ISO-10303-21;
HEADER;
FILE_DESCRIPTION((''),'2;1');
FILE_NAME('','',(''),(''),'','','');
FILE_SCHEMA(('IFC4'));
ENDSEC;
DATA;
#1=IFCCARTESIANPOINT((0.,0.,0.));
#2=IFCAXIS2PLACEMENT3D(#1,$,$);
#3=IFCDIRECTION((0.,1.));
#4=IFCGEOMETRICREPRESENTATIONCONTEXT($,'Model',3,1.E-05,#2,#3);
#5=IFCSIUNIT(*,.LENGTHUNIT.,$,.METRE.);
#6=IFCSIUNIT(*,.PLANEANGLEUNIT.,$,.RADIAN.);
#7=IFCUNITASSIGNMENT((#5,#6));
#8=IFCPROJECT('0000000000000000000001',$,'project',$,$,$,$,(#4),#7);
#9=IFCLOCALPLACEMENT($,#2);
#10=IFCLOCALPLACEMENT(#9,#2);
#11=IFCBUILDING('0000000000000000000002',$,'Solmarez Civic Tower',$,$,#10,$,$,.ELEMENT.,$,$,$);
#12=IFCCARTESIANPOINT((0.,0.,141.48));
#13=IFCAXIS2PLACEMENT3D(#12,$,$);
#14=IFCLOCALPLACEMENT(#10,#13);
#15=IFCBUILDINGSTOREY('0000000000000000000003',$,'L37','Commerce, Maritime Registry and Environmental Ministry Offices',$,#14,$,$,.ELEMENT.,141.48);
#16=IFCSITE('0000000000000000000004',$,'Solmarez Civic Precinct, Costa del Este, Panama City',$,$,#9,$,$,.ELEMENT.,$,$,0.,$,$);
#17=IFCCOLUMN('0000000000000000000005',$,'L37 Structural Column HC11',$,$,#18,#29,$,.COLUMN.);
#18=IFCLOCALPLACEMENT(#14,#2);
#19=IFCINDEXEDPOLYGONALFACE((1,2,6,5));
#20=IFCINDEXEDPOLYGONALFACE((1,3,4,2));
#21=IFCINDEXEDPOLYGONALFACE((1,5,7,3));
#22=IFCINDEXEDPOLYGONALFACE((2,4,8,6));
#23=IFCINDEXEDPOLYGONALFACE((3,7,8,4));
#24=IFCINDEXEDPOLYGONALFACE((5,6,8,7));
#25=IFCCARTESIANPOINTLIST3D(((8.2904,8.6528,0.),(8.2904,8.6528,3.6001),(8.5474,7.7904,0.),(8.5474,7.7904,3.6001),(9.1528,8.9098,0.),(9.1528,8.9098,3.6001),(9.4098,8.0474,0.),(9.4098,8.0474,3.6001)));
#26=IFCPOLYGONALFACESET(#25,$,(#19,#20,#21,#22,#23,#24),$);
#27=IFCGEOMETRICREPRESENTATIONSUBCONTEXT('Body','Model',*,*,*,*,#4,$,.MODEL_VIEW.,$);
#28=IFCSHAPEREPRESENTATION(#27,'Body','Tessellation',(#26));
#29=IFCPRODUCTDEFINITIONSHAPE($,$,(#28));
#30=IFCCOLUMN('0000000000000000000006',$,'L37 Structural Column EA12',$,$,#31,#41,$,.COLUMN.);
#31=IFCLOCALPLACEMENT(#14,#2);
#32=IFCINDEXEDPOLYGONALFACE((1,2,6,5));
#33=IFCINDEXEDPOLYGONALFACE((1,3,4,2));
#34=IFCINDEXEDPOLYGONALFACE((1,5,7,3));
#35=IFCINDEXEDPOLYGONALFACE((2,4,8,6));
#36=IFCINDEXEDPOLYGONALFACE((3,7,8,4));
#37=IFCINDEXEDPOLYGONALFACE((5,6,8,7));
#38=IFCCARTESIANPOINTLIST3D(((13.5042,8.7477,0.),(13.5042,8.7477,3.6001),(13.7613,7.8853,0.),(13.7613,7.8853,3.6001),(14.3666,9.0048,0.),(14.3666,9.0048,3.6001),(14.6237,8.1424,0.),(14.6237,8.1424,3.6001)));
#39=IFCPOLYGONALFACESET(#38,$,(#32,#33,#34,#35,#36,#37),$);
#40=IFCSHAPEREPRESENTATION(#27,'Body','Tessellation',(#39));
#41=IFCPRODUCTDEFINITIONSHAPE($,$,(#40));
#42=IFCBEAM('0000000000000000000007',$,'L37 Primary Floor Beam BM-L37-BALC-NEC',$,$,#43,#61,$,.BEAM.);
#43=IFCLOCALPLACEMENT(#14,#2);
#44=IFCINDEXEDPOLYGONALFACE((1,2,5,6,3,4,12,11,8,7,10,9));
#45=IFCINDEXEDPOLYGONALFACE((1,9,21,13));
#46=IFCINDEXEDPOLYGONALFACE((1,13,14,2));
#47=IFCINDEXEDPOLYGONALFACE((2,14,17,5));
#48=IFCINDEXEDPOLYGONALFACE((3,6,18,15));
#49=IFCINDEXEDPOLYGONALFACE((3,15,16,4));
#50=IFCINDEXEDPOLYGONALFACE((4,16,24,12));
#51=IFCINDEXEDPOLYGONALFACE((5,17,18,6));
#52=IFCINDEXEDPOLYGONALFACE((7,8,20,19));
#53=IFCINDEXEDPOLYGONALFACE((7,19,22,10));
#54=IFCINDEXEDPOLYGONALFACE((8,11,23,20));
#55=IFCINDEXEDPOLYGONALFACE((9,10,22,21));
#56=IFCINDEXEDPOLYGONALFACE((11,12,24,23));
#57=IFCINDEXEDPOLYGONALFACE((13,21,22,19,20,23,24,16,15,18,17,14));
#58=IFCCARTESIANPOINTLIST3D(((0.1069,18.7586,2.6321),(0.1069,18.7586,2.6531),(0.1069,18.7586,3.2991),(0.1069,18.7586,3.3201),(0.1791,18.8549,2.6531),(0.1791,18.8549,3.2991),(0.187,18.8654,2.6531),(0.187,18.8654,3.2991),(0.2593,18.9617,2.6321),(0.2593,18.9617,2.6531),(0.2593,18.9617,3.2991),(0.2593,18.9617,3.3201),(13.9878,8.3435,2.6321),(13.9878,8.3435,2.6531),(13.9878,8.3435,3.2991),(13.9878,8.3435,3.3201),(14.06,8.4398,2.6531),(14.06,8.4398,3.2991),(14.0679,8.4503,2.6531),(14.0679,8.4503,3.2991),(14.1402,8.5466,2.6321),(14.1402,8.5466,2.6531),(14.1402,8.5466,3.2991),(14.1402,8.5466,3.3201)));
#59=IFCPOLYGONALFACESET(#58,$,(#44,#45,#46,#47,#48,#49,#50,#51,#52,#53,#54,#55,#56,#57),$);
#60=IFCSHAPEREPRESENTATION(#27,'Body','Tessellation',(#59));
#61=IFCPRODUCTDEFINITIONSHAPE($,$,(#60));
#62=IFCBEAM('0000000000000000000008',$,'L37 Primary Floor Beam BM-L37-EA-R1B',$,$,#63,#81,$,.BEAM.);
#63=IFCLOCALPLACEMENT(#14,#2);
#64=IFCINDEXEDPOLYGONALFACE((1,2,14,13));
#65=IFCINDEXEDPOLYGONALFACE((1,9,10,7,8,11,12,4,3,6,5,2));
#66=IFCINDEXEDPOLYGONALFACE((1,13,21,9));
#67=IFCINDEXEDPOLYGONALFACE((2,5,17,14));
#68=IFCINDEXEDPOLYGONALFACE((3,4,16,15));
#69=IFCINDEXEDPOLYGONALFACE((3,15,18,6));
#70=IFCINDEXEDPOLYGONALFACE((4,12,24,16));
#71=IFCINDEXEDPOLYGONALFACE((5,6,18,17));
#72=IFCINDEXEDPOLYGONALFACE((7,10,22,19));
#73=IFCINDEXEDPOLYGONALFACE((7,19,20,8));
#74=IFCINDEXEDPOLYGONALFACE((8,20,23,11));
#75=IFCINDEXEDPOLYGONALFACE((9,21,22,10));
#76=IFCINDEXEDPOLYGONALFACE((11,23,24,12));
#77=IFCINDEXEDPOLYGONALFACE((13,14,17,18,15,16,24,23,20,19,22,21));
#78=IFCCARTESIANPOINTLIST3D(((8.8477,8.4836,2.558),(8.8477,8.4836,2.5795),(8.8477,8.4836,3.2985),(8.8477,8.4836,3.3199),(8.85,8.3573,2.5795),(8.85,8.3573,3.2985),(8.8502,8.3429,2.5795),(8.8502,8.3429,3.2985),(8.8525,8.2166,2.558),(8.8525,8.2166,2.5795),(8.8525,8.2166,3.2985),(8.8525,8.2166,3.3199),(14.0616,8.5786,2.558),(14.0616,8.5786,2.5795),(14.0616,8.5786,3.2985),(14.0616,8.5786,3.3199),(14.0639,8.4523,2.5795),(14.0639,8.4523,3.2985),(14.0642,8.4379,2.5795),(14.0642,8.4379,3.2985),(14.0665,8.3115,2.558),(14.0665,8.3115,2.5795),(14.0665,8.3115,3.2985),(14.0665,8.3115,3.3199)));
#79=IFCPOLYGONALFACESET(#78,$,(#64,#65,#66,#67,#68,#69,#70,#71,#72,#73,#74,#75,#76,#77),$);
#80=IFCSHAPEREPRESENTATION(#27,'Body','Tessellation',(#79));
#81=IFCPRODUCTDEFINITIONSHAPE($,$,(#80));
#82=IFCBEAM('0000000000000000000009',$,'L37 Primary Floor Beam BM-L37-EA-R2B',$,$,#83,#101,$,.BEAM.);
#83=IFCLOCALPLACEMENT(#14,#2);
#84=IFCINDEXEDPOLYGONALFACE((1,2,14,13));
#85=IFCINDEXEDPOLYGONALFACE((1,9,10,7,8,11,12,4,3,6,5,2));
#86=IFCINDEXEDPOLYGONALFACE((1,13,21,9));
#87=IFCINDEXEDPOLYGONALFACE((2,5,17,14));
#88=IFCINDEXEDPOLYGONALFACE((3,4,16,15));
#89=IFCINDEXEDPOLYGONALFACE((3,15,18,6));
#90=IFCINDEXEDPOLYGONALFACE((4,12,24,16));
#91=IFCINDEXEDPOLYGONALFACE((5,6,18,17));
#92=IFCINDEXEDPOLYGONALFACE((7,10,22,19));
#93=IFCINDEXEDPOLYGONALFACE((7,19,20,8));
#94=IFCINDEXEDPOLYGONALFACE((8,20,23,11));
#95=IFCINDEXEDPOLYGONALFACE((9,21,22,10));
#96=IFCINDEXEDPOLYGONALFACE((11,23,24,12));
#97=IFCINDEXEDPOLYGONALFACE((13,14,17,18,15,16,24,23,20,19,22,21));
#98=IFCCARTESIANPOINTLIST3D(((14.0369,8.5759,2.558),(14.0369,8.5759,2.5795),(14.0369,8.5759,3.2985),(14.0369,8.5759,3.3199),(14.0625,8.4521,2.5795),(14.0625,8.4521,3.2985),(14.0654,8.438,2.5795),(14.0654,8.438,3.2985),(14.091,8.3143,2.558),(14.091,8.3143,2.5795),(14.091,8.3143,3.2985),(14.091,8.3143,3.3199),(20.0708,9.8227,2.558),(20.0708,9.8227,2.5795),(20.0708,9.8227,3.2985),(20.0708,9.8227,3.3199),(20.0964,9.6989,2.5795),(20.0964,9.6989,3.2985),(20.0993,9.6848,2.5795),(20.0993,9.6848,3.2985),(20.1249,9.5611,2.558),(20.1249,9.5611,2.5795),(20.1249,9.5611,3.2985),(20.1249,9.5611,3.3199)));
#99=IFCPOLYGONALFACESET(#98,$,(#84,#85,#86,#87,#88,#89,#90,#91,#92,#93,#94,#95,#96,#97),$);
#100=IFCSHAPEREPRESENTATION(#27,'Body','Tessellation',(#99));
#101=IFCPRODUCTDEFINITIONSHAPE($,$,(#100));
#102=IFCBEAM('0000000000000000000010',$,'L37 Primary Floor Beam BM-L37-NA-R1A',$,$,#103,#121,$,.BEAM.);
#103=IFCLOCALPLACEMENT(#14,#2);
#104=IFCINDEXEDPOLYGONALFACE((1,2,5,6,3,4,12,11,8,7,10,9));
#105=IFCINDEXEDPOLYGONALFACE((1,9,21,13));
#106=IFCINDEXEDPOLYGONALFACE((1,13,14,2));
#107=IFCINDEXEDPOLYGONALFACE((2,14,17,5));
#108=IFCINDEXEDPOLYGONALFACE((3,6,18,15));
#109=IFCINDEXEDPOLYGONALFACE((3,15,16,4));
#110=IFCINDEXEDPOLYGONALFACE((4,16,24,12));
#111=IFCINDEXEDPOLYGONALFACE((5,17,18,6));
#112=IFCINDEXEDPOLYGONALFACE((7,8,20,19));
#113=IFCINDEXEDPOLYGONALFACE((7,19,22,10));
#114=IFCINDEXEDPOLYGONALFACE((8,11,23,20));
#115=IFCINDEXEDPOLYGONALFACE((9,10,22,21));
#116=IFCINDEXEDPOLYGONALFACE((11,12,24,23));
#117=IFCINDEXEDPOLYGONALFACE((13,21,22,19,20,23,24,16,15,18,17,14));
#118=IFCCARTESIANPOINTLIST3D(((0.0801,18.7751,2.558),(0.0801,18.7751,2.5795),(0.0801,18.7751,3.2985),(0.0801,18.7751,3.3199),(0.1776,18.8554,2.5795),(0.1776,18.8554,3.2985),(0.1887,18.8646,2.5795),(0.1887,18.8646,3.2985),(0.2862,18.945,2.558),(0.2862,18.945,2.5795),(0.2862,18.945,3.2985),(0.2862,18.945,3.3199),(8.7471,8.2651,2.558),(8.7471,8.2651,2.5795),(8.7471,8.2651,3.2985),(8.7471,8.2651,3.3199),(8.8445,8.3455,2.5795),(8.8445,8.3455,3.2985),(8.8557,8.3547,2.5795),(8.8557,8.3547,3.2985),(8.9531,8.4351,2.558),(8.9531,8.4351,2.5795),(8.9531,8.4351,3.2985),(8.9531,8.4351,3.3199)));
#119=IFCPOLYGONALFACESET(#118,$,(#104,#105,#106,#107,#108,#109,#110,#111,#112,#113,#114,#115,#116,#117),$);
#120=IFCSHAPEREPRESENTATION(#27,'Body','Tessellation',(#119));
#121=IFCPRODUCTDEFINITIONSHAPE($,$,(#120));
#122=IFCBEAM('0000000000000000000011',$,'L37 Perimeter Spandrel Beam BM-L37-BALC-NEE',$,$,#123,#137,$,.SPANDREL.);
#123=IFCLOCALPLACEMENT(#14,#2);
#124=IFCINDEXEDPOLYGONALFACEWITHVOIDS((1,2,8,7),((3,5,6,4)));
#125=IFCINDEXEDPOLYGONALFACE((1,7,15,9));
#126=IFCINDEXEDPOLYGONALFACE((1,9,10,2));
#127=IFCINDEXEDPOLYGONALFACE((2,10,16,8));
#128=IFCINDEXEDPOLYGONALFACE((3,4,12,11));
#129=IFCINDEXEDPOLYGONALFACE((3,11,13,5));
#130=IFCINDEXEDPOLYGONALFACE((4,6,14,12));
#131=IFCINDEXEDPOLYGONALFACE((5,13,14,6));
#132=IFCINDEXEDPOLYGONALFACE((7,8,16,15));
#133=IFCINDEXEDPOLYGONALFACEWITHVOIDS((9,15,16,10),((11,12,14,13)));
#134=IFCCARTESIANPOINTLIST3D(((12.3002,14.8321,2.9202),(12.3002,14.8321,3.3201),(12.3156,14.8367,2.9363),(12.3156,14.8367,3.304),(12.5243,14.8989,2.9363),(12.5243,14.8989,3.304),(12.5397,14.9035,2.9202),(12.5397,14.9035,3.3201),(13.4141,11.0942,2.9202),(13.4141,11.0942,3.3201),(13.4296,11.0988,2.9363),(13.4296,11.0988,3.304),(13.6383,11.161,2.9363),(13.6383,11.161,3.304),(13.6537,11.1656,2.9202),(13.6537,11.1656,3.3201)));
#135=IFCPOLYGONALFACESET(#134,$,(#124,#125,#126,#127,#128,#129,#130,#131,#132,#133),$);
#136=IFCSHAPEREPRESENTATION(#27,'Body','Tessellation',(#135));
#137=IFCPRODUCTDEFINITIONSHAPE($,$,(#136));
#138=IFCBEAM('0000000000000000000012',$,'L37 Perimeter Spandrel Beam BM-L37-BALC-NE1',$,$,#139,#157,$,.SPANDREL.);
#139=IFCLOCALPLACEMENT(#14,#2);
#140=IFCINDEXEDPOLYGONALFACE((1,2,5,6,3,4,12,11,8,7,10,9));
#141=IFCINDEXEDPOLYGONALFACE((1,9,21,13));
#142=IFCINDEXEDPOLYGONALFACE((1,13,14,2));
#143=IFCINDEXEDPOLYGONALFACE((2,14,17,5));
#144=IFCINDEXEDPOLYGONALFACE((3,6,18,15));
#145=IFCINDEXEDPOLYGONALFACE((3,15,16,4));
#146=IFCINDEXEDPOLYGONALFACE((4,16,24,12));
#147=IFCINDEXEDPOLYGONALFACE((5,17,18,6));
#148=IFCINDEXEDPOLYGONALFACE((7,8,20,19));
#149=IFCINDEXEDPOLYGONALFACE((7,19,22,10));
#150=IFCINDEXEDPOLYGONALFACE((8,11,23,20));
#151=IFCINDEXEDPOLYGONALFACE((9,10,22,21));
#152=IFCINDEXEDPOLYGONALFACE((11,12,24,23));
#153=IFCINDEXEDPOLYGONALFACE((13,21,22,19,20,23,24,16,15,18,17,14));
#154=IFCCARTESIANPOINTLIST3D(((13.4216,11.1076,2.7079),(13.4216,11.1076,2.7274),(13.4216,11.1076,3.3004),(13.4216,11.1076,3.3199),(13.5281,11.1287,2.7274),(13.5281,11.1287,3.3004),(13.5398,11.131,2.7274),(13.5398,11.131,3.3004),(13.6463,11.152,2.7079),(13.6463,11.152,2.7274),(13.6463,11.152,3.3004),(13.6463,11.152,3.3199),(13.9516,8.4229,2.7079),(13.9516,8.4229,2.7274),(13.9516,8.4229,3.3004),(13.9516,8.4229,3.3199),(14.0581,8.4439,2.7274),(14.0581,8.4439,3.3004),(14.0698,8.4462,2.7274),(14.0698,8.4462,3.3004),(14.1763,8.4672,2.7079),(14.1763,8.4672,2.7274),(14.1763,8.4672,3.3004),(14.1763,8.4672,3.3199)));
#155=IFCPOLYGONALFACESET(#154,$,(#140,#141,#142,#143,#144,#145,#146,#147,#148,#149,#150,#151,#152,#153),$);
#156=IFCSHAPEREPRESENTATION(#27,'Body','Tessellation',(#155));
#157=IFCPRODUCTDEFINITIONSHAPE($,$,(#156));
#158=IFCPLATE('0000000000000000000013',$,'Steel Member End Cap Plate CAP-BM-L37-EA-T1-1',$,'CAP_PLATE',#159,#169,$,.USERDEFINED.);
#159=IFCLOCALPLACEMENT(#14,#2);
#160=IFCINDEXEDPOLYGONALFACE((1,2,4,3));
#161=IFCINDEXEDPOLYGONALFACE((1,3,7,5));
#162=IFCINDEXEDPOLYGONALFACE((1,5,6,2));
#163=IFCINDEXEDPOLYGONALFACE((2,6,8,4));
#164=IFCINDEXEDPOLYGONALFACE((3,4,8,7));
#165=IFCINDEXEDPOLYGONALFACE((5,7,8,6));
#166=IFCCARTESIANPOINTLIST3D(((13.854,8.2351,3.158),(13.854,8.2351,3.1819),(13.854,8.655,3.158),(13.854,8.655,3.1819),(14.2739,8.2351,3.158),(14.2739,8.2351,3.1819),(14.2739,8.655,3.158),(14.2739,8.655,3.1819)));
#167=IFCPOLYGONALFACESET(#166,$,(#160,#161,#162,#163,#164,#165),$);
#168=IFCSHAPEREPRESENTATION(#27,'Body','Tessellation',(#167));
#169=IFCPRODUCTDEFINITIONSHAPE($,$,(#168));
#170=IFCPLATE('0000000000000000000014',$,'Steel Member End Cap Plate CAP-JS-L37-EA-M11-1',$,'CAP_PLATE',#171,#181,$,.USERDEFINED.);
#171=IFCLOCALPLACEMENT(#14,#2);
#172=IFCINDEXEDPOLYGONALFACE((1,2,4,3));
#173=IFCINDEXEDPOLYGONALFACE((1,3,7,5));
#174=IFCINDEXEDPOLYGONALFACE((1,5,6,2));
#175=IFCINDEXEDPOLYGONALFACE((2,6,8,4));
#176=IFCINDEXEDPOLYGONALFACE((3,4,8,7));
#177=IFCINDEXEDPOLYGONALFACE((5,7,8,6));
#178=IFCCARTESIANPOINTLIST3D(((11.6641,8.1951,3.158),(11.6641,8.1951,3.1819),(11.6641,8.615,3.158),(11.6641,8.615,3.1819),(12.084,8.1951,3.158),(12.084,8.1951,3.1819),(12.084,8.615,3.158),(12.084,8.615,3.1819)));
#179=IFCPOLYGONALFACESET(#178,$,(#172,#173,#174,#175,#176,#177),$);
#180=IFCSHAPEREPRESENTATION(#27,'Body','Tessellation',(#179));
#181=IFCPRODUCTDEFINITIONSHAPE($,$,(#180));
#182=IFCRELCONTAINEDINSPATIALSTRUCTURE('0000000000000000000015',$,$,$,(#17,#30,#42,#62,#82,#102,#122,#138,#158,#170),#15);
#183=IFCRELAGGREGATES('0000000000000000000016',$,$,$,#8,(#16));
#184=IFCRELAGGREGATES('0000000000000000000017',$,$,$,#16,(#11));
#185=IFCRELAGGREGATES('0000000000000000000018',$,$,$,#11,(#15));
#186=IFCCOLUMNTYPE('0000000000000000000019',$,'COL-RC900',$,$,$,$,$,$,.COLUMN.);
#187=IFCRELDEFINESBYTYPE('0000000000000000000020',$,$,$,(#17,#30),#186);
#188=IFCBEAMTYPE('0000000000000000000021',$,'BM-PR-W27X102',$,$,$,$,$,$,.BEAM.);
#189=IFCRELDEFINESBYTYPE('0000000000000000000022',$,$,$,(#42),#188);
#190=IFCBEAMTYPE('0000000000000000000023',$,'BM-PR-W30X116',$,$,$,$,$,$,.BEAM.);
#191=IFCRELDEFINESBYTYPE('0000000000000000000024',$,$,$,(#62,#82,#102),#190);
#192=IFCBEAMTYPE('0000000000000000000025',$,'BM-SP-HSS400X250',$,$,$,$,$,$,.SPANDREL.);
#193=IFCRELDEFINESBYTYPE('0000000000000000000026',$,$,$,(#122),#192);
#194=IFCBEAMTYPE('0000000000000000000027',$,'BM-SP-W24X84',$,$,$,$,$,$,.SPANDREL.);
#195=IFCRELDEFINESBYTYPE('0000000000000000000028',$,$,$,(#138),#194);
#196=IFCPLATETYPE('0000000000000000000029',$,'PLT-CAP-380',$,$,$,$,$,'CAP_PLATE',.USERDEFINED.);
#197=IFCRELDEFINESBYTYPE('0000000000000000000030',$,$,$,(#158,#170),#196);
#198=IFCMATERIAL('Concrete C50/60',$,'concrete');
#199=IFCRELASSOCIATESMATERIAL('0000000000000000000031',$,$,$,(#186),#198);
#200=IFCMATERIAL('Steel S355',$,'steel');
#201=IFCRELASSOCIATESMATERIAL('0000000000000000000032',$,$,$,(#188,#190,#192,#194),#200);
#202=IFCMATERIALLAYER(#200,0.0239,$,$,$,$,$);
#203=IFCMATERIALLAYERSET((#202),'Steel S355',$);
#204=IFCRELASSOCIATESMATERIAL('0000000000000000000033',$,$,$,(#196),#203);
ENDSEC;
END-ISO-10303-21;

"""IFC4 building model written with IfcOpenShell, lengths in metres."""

from ifc_helpers import new_model, si_unit, direction, frame, origin, origin_2d, place, context, subcontext, project, spatial, rectangle, hollow_rectangle, i_section, extrude, material, layer, layer_set, material_profile, profile_set, type_object, element, save


model = new_model("IFC4")

# Units and contexts
model_context = context("Model", 3, precision=1e-05, world=origin(), true_north=direction((0.0, 1.0)))
body_context = subcontext(model_context, "Body", "Model", "MODEL_VIEW")
ifc_project = project(units=[si_unit("LENGTHUNIT", "METRE"), si_unit("PLANEANGLEUNIT", "RADIAN")], contexts=[model_context])

# Site, building, storey
site_placement = place(None, origin())
site = spatial("IfcSite", under=ifc_project, at=site_placement, Name="Solmarez Civic Precinct, Costa del Este, Panama City", CompositionType="ELEMENT", RefElevation=0.0)
building_placement = place(site_placement, origin())
building = spatial("IfcBuilding", under=site, at=building_placement, Name="Solmarez Civic Tower", CompositionType="ELEMENT")
storey_placement = place(building_placement, frame((0.0, 0.0, 141.48)))
storey = spatial("IfcBuildingStorey", under=building, at=storey_placement, Name="L37", Description="Commerce, Maritime Registry and Environmental Ministry Offices", CompositionType="ELEMENT", Elevation=141.48)

# Columns
ifc_material_1 = material(Name="Concrete C50/60", Category="concrete")
ifc_material_profile_1 = material_profile(ifc_material_1, rectangle(XDim=0.8999, YDim=0.8999, at=origin_2d()), Name="RC900X900")
ifc_profile_set_1 = profile_set([ifc_material_profile_1], Name="Concrete C50/60")
column_type = type_object("IfcColumnType", Name="COL-RC900", PredefinedType="COLUMN", material=ifc_profile_set_1)
for number, where, z_axis, x_axis, name in (
    (1, (8.8501, 8.3501, 0.0), (0.0, 0.0, 1.0), (0.958323, 0.285688, 0.0), "L37 Structural Column HC11"),
    (2, (14.064, 8.4451, 0.0), (0.0, 0.0, 1.0), (0.958323, 0.285688, 0.0), "L37 Structural Column EA12"),
):
    element("IfcColumn", number, at=place(storey_placement, frame(where, z_axis=z_axis, x_axis=x_axis)), inside=storey, type_object=column_type, Name=name, PredefinedType="COLUMN", context=body_context, shape_type="SweptSolid", body=[
        extrude(rectangle(XDim=0.8999, YDim=0.8999, at=origin_2d()), origin(), (0.0, 0.0, 1.0), 3.6001),
    ])

# Beams
ifc_material_2 = material(Name="Steel S355", Category="steel")
ifc_material_profile_2 = material_profile(ifc_material_2, i_section(OverallWidth=0.2539, OverallDepth=0.688, WebThickness=0.0132, FlangeThickness=0.021, at=origin_2d()), Name="W27X102")
ifc_profile_set_2 = profile_set([ifc_material_profile_2], Name="Steel S355")
beam_type_1 = type_object("IfcBeamType", Name="BM-PR-W27X102", PredefinedType="BEAM", material=ifc_profile_set_2)
beam_1_placement = place(storey_placement, frame((14.064, 8.4451, 2.9761), z_axis=(-0.799878, 0.600162, 0.0), x_axis=(-0.600162, -0.799878, 0.0)))
element("IfcBeam", 3, at=beam_1_placement, inside=storey, type_object=beam_type_1, Name="L37 Primary Floor Beam BM-L37-BALC-NEC", PredefinedType="BEAM", context=body_context, shape_type="SweptSolid", body=[
    extrude(i_section(OverallWidth=0.2539, OverallDepth=0.688, WebThickness=0.0132, FlangeThickness=0.021, at=origin_2d()), origin(), (0.0, 0.0, 1.0), 17.3538),
])
ifc_material_profile_3 = material_profile(ifc_material_2, i_section(OverallWidth=0.2671, OverallDepth=0.762, WebThickness=0.0144, FlangeThickness=0.0215, at=origin_2d()), Name="W30X116")
ifc_profile_set_3 = profile_set([ifc_material_profile_3], Name="Steel S355")
beam_type_2 = type_object("IfcBeamType", Name="BM-PR-W30X116", PredefinedType="BEAM", material=ifc_profile_set_3)
beam_2_placement = place(storey_placement, frame((8.8501, 8.3501, 2.939), z_axis=(0.999834, 0.018212, 0.0), x_axis=(-0.018212, 0.999834, 0.0)))
element("IfcBeam", 4, at=beam_2_placement, inside=storey, type_object=beam_type_2, Name="L37 Primary Floor Beam BM-L37-EA-R1B", PredefinedType="BEAM", context=body_context, shape_type="SweptSolid", body=[
    extrude(i_section(OverallWidth=0.2671, OverallDepth=0.762, WebThickness=0.0144, FlangeThickness=0.0215, at=origin_2d()), origin(), (0.0, 0.0, 1.0), 5.2148),
])
beam_3_placement = place(storey_placement, frame((14.064, 8.4451, 2.939), z_axis=(0.979311, 0.202361, 0.0), x_axis=(-0.202361, 0.979311, 0.0)))
element("IfcBeam", 5, at=beam_3_placement, inside=storey, type_object=beam_type_2, Name="L37 Primary Floor Beam BM-L37-EA-R2B", PredefinedType="BEAM", context=body_context, shape_type="SweptSolid", body=[
    extrude(i_section(OverallWidth=0.2671, OverallDepth=0.762, WebThickness=0.0144, FlangeThickness=0.0215, at=origin_2d()), origin(), (0.0, 0.0, 1.0), 6.1614),
])
beam_4_placement = place(storey_placement, frame((8.8501, 8.3501, 2.939), z_axis=(-0.636218, 0.771509, 0.0), x_axis=(-0.771509, -0.636218, 0.0)))
element("IfcBeam", 6, at=beam_4_placement, inside=storey, type_object=beam_type_2, Name="L37 Primary Floor Beam BM-L37-NA-R1A", PredefinedType="BEAM", context=body_context, shape_type="SweptSolid", body=[
    extrude(i_section(OverallWidth=0.2671, OverallDepth=0.762, WebThickness=0.0144, FlangeThickness=0.0215, at=origin_2d()), origin(), (0.0, 0.0, 1.0), 13.6226),
])
ifc_material_profile_4 = material_profile(ifc_material_2, hollow_rectangle(XDim=0.25, YDim=0.3999, WallThickness=0.0161, at=origin_2d()), Name="HSS400X250X16")
ifc_profile_set_4 = profile_set([ifc_material_profile_4], Name="Steel S355")
beam_type_3 = type_object("IfcBeamType", Name="BM-SP-HSS400X250", PredefinedType="SPANDREL", material=ifc_profile_set_4)
beam_5_placement = place(storey_placement, frame((13.5339, 11.1299, 3.1201), z_axis=(-0.285607, 0.958347, 0.0), x_axis=(-0.958347, -0.285607, 0.0)))
element("IfcBeam", 7, at=beam_5_placement, inside=storey, type_object=beam_type_3, Name="L37 Perimeter Spandrel Beam BM-L37-BALC-NEE", PredefinedType="SPANDREL", context=body_context, shape_type="SweptSolid", body=[
    extrude(hollow_rectangle(XDim=0.25, YDim=0.3999, WallThickness=0.0161, at=origin_2d()), origin(), (0.0, 0.0, 1.0), 3.9004),
])
ifc_material_profile_5 = material_profile(ifc_material_2, i_section(OverallWidth=0.229, OverallDepth=0.6121, WebThickness=0.012, FlangeThickness=0.0195, at=origin_2d()), Name="W24X84")
ifc_profile_set_5 = profile_set([ifc_material_profile_5], Name="Steel S355")
beam_type_4 = type_object("IfcBeamType", Name="BM-SP-W24X84", PredefinedType="SPANDREL", material=ifc_profile_set_5)
beam_6_placement = place(storey_placement, frame((14.064, 8.4451, 3.0139), z_axis=(-0.193679, 0.981065, 0.0), x_axis=(-0.981065, -0.193679, 0.0)))
element("IfcBeam", 8, at=beam_6_placement, inside=storey, type_object=beam_type_4, Name="L37 Perimeter Spandrel Beam BM-L37-BALC-NE1", PredefinedType="SPANDREL", context=body_context, shape_type="SweptSolid", body=[
    extrude(i_section(OverallWidth=0.229, OverallDepth=0.6121, WebThickness=0.012, FlangeThickness=0.0195, at=origin_2d()), origin(), (0.0, 0.0, 1.0), 2.7366),
])

# Plates
ifc_layer_1 = layer(ifc_material_2, 0.0239)
ifc_layer_set_1 = layer_set([ifc_layer_1], Name="Steel S355")
plate_type = type_object("IfcPlateType", Name="PLT-CAP-380", ElementType="CAP_PLATE", PredefinedType="USERDEFINED", material=ifc_layer_set_1)
for number, where, z_axis, x_axis, name in (
    (9, (14.064, 8.4451, 3.158), (0.0, 0.0, 1.0), (1.0, 0.0, 0.0), "Steel Member End Cap Plate CAP-BM-L37-EA-T1-1"),
    (10, (11.874, 8.405, 3.158), (0.0, 0.0, 1.0), (1.0, 0.0, 0.0), "Steel Member End Cap Plate CAP-JS-L37-EA-M11-1"),
):
    element("IfcPlate", number, at=place(storey_placement, frame(where, z_axis=z_axis, x_axis=x_axis)), inside=storey, type_object=plate_type, Name=name, ObjectType="CAP_PLATE", PredefinedType="USERDEFINED", context=body_context, shape_type="SweptSolid", body=[
        extrude(rectangle(XDim=0.4199, YDim=0.4199, at=origin_2d()), origin(), (0.0, 0.0, 1.0), 0.0239),
    ])

save(model, "model.ifc")
